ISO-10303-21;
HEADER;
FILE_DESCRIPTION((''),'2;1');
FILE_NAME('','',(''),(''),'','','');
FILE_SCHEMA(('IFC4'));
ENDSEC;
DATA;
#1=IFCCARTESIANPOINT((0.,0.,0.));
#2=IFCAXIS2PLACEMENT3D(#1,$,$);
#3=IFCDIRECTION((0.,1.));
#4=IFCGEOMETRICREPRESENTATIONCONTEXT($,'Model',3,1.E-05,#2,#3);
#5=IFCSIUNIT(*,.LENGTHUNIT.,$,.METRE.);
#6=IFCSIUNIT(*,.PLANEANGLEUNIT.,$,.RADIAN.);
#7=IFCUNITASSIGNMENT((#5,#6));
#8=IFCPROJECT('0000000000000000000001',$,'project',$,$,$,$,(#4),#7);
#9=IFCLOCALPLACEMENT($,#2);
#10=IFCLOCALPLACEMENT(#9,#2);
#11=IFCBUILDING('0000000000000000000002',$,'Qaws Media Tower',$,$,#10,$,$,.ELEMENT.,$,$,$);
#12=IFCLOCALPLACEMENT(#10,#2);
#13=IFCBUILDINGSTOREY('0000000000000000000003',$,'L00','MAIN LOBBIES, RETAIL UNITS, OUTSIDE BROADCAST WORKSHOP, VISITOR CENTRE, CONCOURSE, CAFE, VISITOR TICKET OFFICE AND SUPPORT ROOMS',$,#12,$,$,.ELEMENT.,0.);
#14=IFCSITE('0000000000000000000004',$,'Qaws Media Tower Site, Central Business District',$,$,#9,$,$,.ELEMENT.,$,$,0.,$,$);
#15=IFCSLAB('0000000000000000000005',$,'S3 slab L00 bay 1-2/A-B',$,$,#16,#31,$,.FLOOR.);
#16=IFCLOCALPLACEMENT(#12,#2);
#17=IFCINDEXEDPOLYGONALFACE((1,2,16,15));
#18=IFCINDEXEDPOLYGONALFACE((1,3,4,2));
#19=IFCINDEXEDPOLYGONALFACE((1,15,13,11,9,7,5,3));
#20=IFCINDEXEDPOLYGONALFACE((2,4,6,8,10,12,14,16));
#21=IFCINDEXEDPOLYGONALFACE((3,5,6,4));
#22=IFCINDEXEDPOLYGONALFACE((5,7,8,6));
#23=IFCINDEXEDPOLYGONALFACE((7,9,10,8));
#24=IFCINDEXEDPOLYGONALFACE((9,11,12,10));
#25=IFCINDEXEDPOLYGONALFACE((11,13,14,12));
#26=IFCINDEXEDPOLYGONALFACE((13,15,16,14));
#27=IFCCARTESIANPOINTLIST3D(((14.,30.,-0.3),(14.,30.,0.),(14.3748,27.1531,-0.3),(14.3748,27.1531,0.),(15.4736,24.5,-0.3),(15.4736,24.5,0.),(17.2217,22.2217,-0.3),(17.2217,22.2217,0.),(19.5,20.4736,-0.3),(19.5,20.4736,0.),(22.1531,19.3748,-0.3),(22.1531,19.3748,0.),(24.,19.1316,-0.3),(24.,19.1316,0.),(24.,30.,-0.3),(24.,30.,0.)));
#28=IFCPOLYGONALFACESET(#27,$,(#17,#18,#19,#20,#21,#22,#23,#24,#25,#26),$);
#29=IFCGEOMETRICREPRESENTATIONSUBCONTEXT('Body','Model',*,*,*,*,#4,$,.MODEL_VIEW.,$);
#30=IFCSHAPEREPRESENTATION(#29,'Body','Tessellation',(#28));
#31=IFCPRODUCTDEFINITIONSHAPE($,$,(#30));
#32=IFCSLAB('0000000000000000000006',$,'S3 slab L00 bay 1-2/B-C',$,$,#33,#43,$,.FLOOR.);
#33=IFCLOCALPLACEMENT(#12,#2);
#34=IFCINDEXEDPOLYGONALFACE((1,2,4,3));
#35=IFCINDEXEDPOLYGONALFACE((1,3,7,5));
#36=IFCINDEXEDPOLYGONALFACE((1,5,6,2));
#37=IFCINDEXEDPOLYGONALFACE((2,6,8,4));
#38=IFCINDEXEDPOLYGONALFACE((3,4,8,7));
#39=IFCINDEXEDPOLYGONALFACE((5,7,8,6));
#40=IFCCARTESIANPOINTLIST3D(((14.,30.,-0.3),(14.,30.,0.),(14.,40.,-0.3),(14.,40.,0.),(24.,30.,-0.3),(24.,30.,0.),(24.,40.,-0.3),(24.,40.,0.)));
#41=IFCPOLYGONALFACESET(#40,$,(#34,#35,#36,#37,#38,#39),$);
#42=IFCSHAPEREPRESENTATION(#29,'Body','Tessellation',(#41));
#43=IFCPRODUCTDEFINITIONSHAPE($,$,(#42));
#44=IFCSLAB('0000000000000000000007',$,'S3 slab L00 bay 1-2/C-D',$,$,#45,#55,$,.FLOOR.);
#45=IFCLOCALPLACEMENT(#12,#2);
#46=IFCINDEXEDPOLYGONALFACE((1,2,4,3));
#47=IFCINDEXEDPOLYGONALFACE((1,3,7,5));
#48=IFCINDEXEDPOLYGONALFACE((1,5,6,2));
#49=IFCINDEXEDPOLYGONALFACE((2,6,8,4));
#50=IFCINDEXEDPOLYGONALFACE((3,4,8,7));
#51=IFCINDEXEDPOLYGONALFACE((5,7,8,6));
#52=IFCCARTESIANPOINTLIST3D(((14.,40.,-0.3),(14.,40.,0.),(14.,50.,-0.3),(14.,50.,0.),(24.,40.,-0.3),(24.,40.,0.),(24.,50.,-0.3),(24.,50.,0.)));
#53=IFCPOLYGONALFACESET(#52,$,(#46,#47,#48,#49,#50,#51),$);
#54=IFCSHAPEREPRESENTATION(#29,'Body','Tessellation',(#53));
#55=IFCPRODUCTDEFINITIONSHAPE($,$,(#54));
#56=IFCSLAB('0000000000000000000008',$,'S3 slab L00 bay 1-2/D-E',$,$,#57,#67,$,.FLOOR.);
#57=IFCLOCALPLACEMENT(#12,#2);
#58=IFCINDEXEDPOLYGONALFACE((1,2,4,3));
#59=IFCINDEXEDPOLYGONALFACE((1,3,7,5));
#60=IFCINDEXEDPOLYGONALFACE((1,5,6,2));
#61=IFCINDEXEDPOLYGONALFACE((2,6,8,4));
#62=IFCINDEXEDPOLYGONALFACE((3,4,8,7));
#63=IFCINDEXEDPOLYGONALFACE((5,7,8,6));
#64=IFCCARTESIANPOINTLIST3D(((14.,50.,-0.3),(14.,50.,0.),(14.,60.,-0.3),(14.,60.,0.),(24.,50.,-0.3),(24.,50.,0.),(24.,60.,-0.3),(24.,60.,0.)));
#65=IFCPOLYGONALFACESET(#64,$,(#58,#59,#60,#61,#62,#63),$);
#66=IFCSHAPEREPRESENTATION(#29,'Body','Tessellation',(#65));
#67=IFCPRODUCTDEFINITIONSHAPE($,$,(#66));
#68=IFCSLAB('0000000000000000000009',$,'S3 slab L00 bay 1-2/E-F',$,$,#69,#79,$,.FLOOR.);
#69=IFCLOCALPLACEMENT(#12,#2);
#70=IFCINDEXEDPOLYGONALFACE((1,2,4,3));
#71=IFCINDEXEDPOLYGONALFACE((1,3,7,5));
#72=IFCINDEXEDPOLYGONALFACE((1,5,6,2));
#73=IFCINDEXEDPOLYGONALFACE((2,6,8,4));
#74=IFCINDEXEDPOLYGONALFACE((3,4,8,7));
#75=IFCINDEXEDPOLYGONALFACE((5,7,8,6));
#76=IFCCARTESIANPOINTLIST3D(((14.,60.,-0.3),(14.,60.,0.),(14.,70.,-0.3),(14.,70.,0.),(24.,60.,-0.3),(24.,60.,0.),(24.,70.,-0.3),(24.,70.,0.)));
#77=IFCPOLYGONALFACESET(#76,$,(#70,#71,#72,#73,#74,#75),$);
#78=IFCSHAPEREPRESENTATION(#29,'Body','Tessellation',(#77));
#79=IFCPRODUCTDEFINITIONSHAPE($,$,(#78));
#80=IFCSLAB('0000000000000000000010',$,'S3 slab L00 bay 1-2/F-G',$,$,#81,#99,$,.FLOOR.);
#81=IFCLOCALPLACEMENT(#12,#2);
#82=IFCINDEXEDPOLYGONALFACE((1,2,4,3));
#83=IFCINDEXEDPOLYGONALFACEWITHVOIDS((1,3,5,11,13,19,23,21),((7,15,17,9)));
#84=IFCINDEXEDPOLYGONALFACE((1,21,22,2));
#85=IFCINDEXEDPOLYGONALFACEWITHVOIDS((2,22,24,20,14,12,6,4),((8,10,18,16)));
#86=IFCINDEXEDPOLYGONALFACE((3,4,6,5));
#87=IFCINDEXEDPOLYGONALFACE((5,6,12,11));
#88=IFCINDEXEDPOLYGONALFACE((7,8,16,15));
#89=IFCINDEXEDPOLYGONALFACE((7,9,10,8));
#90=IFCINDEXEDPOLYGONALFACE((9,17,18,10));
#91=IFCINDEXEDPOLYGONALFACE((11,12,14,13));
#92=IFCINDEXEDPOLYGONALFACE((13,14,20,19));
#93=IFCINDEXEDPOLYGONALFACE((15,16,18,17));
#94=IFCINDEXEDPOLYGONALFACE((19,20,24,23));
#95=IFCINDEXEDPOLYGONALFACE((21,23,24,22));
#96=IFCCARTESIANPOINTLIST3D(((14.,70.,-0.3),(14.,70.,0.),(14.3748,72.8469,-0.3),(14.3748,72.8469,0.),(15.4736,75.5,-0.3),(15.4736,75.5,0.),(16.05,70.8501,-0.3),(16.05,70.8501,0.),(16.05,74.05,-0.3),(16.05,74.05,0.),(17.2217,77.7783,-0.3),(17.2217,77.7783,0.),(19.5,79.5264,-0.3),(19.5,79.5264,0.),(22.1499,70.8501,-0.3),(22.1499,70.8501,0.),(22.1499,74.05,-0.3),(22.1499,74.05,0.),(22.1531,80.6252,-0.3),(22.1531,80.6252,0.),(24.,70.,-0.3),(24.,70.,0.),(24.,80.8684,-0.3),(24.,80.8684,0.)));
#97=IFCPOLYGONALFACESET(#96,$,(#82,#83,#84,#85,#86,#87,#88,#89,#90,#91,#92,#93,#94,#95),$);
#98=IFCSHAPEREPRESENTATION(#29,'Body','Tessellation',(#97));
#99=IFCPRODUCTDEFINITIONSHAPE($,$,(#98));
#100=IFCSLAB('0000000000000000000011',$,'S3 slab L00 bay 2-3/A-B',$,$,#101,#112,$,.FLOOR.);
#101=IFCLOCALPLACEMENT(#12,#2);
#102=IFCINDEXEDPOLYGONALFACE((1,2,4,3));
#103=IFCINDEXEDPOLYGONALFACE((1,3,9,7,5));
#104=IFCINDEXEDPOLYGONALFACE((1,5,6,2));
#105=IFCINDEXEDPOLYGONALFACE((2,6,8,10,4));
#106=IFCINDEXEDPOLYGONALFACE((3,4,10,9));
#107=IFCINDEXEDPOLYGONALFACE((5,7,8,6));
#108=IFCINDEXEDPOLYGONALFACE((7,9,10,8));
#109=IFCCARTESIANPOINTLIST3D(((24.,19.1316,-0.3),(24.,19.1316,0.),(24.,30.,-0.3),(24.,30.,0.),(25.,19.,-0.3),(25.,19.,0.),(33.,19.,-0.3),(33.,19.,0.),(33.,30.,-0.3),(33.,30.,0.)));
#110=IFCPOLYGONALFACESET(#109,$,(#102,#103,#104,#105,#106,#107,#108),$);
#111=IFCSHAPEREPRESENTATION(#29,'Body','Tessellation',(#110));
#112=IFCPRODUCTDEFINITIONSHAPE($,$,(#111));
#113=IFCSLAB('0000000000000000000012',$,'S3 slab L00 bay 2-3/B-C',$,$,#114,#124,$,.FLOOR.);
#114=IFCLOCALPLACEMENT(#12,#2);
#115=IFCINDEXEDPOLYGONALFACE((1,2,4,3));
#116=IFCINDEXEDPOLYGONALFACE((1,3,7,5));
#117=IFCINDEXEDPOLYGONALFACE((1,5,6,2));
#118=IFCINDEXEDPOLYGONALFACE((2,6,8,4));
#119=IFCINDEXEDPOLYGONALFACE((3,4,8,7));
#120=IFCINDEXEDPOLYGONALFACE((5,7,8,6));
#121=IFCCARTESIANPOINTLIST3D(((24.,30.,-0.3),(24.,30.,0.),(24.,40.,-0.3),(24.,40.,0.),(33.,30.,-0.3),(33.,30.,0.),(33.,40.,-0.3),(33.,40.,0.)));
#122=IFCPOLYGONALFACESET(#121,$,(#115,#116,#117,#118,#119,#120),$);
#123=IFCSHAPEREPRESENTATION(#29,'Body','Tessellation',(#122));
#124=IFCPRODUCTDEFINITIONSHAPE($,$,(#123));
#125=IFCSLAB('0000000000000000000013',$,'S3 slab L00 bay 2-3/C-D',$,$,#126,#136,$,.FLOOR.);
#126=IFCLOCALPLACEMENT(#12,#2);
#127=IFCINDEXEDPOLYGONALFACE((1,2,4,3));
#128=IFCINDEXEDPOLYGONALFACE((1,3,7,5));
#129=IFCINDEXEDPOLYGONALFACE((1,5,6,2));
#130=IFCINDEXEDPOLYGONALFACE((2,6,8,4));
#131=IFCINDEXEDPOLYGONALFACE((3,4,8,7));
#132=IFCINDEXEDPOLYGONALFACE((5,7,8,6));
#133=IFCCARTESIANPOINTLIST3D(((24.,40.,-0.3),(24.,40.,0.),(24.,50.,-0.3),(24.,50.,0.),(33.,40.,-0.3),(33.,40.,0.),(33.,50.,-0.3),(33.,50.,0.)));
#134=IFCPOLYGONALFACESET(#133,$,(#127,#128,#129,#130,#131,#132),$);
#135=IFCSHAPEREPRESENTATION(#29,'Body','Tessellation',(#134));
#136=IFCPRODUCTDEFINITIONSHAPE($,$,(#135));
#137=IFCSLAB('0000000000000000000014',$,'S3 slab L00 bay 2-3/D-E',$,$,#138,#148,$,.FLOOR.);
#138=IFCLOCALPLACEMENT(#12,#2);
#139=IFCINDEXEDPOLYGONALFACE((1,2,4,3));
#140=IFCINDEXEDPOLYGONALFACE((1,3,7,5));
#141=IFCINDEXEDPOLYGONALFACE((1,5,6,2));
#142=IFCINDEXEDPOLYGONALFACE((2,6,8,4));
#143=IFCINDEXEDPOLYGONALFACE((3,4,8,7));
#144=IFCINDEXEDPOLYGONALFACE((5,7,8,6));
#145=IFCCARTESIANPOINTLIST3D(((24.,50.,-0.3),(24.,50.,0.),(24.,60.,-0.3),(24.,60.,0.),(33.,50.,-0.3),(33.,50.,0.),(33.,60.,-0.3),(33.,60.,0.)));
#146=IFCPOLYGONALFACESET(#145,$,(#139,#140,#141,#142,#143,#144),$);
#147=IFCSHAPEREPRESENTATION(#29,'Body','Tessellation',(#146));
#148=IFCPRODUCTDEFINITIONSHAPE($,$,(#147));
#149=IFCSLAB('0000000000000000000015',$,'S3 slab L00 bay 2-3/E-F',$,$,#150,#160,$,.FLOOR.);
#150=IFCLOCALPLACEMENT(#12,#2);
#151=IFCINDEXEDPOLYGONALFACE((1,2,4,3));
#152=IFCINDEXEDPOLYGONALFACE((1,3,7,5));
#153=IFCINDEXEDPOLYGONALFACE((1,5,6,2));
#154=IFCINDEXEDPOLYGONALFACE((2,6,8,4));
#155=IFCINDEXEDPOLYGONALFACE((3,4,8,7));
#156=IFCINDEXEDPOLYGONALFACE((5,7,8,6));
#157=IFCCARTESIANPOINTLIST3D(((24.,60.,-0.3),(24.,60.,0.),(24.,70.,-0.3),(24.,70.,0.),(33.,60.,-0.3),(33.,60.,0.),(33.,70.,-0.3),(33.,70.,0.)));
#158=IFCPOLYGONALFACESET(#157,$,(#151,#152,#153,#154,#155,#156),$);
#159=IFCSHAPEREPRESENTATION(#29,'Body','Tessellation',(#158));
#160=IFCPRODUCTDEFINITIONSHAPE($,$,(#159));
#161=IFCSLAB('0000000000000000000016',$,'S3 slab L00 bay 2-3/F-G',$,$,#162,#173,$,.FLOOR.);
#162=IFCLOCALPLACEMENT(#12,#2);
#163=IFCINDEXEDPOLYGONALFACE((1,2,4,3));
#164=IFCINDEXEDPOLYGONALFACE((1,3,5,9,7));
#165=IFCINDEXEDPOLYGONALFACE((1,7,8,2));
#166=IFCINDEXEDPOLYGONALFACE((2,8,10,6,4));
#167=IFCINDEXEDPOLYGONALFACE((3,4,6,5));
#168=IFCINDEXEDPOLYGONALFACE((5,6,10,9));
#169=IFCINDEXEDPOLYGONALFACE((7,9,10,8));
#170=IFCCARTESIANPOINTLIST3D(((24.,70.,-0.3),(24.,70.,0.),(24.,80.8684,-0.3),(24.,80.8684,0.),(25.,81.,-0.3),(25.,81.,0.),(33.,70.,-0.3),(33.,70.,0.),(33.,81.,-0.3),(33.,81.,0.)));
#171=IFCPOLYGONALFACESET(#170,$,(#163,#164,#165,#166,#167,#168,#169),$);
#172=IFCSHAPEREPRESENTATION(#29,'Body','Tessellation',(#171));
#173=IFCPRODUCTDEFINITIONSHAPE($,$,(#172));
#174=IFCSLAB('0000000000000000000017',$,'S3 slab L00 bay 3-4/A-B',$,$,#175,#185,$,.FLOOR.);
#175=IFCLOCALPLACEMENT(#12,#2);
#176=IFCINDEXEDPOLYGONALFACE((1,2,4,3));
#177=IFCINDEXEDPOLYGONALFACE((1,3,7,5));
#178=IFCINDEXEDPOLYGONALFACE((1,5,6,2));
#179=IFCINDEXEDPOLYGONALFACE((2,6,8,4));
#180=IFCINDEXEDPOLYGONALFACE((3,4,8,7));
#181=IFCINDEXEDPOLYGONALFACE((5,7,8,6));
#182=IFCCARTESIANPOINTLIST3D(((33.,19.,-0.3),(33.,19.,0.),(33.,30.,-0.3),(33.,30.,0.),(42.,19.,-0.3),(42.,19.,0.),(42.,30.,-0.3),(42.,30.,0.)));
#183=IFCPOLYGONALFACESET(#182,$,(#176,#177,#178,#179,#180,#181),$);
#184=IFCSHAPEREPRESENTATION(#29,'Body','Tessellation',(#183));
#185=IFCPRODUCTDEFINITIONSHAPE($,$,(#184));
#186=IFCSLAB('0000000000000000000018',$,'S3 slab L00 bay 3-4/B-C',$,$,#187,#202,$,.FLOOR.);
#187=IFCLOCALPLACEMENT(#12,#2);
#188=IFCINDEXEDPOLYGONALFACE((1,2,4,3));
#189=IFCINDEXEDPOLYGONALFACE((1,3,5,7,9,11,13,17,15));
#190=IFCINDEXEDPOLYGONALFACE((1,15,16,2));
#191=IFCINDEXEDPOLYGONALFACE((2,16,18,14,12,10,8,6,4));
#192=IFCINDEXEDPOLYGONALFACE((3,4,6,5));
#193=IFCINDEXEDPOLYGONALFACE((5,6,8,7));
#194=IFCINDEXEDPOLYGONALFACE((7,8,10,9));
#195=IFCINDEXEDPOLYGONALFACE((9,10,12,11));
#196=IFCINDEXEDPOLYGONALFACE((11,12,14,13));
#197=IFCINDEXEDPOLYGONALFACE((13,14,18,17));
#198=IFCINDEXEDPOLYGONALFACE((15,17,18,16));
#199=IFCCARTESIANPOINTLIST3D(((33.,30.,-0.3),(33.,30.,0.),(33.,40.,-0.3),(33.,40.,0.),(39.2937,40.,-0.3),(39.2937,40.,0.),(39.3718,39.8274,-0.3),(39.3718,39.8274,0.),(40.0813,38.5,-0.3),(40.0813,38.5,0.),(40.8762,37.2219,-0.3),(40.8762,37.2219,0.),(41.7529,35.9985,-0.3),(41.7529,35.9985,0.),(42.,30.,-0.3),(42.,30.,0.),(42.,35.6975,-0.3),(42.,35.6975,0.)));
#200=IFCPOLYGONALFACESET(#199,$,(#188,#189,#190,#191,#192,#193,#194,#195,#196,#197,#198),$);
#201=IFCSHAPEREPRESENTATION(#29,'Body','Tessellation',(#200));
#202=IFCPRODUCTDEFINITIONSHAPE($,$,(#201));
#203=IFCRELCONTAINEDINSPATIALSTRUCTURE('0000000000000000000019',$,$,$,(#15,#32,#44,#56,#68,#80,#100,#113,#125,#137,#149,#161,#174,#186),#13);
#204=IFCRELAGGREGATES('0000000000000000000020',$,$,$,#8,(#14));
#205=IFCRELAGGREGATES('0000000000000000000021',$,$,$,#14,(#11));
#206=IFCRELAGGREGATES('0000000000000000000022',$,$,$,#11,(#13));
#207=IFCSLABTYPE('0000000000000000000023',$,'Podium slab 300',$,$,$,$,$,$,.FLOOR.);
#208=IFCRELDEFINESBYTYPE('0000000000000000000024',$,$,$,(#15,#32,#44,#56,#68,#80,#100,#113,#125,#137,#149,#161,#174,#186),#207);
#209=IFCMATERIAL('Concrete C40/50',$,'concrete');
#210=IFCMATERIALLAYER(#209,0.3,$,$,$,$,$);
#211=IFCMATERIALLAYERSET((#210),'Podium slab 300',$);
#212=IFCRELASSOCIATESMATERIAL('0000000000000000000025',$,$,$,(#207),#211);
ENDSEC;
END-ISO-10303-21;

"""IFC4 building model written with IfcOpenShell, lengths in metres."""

from ifc_helpers import new_model, si_unit, direction, frame, origin, place, context, subcontext, project, spatial, polyline, outline, extrude, material, layer, layer_set, type_object, element, save


model = new_model("IFC4")

# Units and contexts
model_context = context("Model", 3, precision=1e-05, world=origin(), true_north=direction((0.0, 1.0)))
body_context = subcontext(model_context, "Body", "Model", "MODEL_VIEW")
ifc_project = project(units=[si_unit("LENGTHUNIT", "METRE"), si_unit("PLANEANGLEUNIT", "RADIAN")], contexts=[model_context])

# Site, building, storey
site_placement = place(None, origin())
site = spatial("IfcSite", under=ifc_project, at=site_placement, Name="Qaws Media Tower Site, Central Business District", CompositionType="ELEMENT", RefElevation=0.0)
building_placement = place(site_placement, origin())
building = spatial("IfcBuilding", under=site, at=building_placement, Name="Qaws Media Tower", CompositionType="ELEMENT")
storey_placement = place(building_placement, origin())
storey = spatial("IfcBuildingStorey", under=building, at=storey_placement, Name="L00", Description="MAIN LOBBIES, RETAIL UNITS, OUTSIDE BROADCAST WORKSHOP, VISITOR CENTRE, CONCOURSE, CAFE, VISITOR TICKET OFFICE AND SUPPORT ROOMS", CompositionType="ELEMENT", Elevation=0.0)

# Slabs
ifc_material = material(Name="Concrete C40/50", Category="concrete")
ifc_layer = layer(ifc_material, 0.3)
ifc_layer_set = layer_set([ifc_layer], Name="Podium slab 300")
slab_type = type_object("IfcSlabType", Name="Podium slab 300", PredefinedType="FLOOR", material=ifc_layer_set)
slab_1_placement = place(storey_placement, frame((0.0, 0.0, -0.3)))
element("IfcSlab", 1, at=slab_1_placement, inside=storey, type_object=slab_type, Name="S3 slab L00 bay 1-2/A-B", PredefinedType="FLOOR", context=body_context, shape_type="SweptSolid", body=[
    extrude(outline(polyline([(17.2217, 22.2217), (15.4736, 24.5), (14.3748, 27.1531), (14.0, 30.0), (24.0, 30.0), (24.0, 19.1316), (22.1531, 19.3748), (19.5, 20.4736), (17.2217, 22.2217)])), origin(), (0.0, 0.0, 1.0), 0.3),
])
slab_2_placement = place(storey_placement, frame((0.0, 0.0, -0.3)))
element("IfcSlab", 2, at=slab_2_placement, inside=storey, type_object=slab_type, Name="S3 slab L00 bay 1-2/B-C", PredefinedType="FLOOR", context=body_context, shape_type="SweptSolid", body=[
    extrude(outline(polyline([(14.0, 40.0), (24.0, 40.0), (24.0, 30.0), (14.0, 30.0), (14.0, 40.0)])), origin(), (0.0, 0.0, 1.0), 0.3),
])
slab_3_placement = place(storey_placement, frame((0.0, 0.0, -0.3)))
element("IfcSlab", 3, at=slab_3_placement, inside=storey, type_object=slab_type, Name="S3 slab L00 bay 1-2/C-D", PredefinedType="FLOOR", context=body_context, shape_type="SweptSolid", body=[
    extrude(outline(polyline([(14.0, 50.0), (24.0, 50.0), (24.0, 40.0), (14.0, 40.0), (14.0, 50.0)])), origin(), (0.0, 0.0, 1.0), 0.3),
])
slab_4_placement = place(storey_placement, frame((0.0, 0.0, -0.3)))
element("IfcSlab", 4, at=slab_4_placement, inside=storey, type_object=slab_type, Name="S3 slab L00 bay 1-2/D-E", PredefinedType="FLOOR", context=body_context, shape_type="SweptSolid", body=[
    extrude(outline(polyline([(14.0, 60.0), (24.0, 60.0), (24.0, 50.0), (14.0, 50.0), (14.0, 60.0)])), origin(), (0.0, 0.0, 1.0), 0.3),
])
slab_5_placement = place(storey_placement, frame((0.0, 0.0, -0.3)))
element("IfcSlab", 5, at=slab_5_placement, inside=storey, type_object=slab_type, Name="S3 slab L00 bay 1-2/E-F", PredefinedType="FLOOR", context=body_context, shape_type="SweptSolid", body=[
    extrude(outline(polyline([(14.0, 70.0), (24.0, 70.0), (24.0, 60.0), (14.0, 60.0), (14.0, 70.0)])), origin(), (0.0, 0.0, 1.0), 0.3),
])
slab_6_placement = place(storey_placement, frame((0.0, 0.0, -0.3)))
element("IfcSlab", 6, at=slab_6_placement, inside=storey, type_object=slab_type, Name="S3 slab L00 bay 1-2/F-G", PredefinedType="FLOOR", context=body_context, shape_type="SweptSolid", body=[
    extrude(outline(polyline([(14.3748, 72.8469), (15.4736, 75.5), (17.2217, 77.7783), (19.5, 79.5264), (22.1531, 80.6252), (24.0, 80.8684), (24.0, 70.0), (14.0, 70.0), (14.3748, 72.8469)]), holes=[polyline([(16.05, 70.8501), (22.1499, 70.8501), (22.1499, 74.05), (16.05, 74.05), (16.05, 70.8501)])]), origin(), (0.0, 0.0, 1.0), 0.3),
])
slab_7_placement = place(storey_placement, frame((0.0, 0.0, -0.3)))
element("IfcSlab", 7, at=slab_7_placement, inside=storey, type_object=slab_type, Name="S3 slab L00 bay 2-3/A-B", PredefinedType="FLOOR", context=body_context, shape_type="SweptSolid", body=[
    extrude(outline(polyline([(25.0, 19.0), (24.0, 19.1316), (24.0, 30.0), (33.0, 30.0), (33.0, 19.0), (25.0, 19.0)])), origin(), (0.0, 0.0, 1.0), 0.3),
])
slab_8_placement = place(storey_placement, frame((0.0, 0.0, -0.3)))
element("IfcSlab", 8, at=slab_8_placement, inside=storey, type_object=slab_type, Name="S3 slab L00 bay 2-3/B-C", PredefinedType="FLOOR", context=body_context, shape_type="SweptSolid", body=[
    extrude(outline(polyline([(24.0, 30.0), (24.0, 40.0), (33.0, 40.0), (33.0, 30.0), (24.0, 30.0)])), origin(), (0.0, 0.0, 1.0), 0.3),
])
slab_9_placement = place(storey_placement, frame((0.0, 0.0, -0.3)))
element("IfcSlab", 9, at=slab_9_placement, inside=storey, type_object=slab_type, Name="S3 slab L00 bay 2-3/C-D", PredefinedType="FLOOR", context=body_context, shape_type="SweptSolid", body=[
    extrude(outline(polyline([(24.0, 40.0), (24.0, 50.0), (33.0, 50.0), (33.0, 40.0), (24.0, 40.0)])), origin(), (0.0, 0.0, 1.0), 0.3),
])
slab_10_placement = place(storey_placement, frame((0.0, 0.0, -0.3)))
element("IfcSlab", 10, at=slab_10_placement, inside=storey, type_object=slab_type, Name="S3 slab L00 bay 2-3/D-E", PredefinedType="FLOOR", context=body_context, shape_type="SweptSolid", body=[
    extrude(outline(polyline([(24.0, 50.0), (24.0, 60.0), (33.0, 60.0), (33.0, 50.0), (24.0, 50.0)])), origin(), (0.0, 0.0, 1.0), 0.3),
])
slab_11_placement = place(storey_placement, frame((0.0, 0.0, -0.3)))
element("IfcSlab", 11, at=slab_11_placement, inside=storey, type_object=slab_type, Name="S3 slab L00 bay 2-3/E-F", PredefinedType="FLOOR", context=body_context, shape_type="SweptSolid", body=[
    extrude(outline(polyline([(24.0, 60.0), (24.0, 70.0), (33.0, 70.0), (33.0, 60.0), (24.0, 60.0)])), origin(), (0.0, 0.0, 1.0), 0.3),
])
slab_12_placement = place(storey_placement, frame((0.0, 0.0, -0.3)))
element("IfcSlab", 12, at=slab_12_placement, inside=storey, type_object=slab_type, Name="S3 slab L00 bay 2-3/F-G", PredefinedType="FLOOR", context=body_context, shape_type="SweptSolid", body=[
    extrude(outline(polyline([(25.0, 81.0), (33.0, 81.0), (33.0, 70.0), (24.0, 70.0), (24.0, 80.8684), (25.0, 81.0)])), origin(), (0.0, 0.0, 1.0), 0.3),
])
slab_13_placement = place(storey_placement, frame((0.0, 0.0, -0.3)))
element("IfcSlab", 13, at=slab_13_placement, inside=storey, type_object=slab_type, Name="S3 slab L00 bay 3-4/A-B", PredefinedType="FLOOR", context=body_context, shape_type="SweptSolid", body=[
    extrude(outline(polyline([(33.0, 19.0), (33.0, 30.0), (42.0, 30.0), (42.0, 19.0), (33.0, 19.0)])), origin(), (0.0, 0.0, 1.0), 0.3),
])
slab_14_placement = place(storey_placement, frame((0.0, 0.0, -0.3)))
element("IfcSlab", 14, at=slab_14_placement, inside=storey, type_object=slab_type, Name="S3 slab L00 bay 3-4/B-C", PredefinedType="FLOOR", context=body_context, shape_type="SweptSolid", body=[
    extrude(outline(polyline([(39.3718, 39.8274), (40.0813, 38.5), (40.8762, 37.2219), (41.7529, 35.9985), (42.0, 35.6975), (42.0, 30.0), (33.0, 30.0), (33.0, 40.0), (39.2937, 40.0), (39.3718, 39.8274)])), origin(), (0.0, 0.0, 1.0), 0.3),
])

save(model, "model.ifc")
